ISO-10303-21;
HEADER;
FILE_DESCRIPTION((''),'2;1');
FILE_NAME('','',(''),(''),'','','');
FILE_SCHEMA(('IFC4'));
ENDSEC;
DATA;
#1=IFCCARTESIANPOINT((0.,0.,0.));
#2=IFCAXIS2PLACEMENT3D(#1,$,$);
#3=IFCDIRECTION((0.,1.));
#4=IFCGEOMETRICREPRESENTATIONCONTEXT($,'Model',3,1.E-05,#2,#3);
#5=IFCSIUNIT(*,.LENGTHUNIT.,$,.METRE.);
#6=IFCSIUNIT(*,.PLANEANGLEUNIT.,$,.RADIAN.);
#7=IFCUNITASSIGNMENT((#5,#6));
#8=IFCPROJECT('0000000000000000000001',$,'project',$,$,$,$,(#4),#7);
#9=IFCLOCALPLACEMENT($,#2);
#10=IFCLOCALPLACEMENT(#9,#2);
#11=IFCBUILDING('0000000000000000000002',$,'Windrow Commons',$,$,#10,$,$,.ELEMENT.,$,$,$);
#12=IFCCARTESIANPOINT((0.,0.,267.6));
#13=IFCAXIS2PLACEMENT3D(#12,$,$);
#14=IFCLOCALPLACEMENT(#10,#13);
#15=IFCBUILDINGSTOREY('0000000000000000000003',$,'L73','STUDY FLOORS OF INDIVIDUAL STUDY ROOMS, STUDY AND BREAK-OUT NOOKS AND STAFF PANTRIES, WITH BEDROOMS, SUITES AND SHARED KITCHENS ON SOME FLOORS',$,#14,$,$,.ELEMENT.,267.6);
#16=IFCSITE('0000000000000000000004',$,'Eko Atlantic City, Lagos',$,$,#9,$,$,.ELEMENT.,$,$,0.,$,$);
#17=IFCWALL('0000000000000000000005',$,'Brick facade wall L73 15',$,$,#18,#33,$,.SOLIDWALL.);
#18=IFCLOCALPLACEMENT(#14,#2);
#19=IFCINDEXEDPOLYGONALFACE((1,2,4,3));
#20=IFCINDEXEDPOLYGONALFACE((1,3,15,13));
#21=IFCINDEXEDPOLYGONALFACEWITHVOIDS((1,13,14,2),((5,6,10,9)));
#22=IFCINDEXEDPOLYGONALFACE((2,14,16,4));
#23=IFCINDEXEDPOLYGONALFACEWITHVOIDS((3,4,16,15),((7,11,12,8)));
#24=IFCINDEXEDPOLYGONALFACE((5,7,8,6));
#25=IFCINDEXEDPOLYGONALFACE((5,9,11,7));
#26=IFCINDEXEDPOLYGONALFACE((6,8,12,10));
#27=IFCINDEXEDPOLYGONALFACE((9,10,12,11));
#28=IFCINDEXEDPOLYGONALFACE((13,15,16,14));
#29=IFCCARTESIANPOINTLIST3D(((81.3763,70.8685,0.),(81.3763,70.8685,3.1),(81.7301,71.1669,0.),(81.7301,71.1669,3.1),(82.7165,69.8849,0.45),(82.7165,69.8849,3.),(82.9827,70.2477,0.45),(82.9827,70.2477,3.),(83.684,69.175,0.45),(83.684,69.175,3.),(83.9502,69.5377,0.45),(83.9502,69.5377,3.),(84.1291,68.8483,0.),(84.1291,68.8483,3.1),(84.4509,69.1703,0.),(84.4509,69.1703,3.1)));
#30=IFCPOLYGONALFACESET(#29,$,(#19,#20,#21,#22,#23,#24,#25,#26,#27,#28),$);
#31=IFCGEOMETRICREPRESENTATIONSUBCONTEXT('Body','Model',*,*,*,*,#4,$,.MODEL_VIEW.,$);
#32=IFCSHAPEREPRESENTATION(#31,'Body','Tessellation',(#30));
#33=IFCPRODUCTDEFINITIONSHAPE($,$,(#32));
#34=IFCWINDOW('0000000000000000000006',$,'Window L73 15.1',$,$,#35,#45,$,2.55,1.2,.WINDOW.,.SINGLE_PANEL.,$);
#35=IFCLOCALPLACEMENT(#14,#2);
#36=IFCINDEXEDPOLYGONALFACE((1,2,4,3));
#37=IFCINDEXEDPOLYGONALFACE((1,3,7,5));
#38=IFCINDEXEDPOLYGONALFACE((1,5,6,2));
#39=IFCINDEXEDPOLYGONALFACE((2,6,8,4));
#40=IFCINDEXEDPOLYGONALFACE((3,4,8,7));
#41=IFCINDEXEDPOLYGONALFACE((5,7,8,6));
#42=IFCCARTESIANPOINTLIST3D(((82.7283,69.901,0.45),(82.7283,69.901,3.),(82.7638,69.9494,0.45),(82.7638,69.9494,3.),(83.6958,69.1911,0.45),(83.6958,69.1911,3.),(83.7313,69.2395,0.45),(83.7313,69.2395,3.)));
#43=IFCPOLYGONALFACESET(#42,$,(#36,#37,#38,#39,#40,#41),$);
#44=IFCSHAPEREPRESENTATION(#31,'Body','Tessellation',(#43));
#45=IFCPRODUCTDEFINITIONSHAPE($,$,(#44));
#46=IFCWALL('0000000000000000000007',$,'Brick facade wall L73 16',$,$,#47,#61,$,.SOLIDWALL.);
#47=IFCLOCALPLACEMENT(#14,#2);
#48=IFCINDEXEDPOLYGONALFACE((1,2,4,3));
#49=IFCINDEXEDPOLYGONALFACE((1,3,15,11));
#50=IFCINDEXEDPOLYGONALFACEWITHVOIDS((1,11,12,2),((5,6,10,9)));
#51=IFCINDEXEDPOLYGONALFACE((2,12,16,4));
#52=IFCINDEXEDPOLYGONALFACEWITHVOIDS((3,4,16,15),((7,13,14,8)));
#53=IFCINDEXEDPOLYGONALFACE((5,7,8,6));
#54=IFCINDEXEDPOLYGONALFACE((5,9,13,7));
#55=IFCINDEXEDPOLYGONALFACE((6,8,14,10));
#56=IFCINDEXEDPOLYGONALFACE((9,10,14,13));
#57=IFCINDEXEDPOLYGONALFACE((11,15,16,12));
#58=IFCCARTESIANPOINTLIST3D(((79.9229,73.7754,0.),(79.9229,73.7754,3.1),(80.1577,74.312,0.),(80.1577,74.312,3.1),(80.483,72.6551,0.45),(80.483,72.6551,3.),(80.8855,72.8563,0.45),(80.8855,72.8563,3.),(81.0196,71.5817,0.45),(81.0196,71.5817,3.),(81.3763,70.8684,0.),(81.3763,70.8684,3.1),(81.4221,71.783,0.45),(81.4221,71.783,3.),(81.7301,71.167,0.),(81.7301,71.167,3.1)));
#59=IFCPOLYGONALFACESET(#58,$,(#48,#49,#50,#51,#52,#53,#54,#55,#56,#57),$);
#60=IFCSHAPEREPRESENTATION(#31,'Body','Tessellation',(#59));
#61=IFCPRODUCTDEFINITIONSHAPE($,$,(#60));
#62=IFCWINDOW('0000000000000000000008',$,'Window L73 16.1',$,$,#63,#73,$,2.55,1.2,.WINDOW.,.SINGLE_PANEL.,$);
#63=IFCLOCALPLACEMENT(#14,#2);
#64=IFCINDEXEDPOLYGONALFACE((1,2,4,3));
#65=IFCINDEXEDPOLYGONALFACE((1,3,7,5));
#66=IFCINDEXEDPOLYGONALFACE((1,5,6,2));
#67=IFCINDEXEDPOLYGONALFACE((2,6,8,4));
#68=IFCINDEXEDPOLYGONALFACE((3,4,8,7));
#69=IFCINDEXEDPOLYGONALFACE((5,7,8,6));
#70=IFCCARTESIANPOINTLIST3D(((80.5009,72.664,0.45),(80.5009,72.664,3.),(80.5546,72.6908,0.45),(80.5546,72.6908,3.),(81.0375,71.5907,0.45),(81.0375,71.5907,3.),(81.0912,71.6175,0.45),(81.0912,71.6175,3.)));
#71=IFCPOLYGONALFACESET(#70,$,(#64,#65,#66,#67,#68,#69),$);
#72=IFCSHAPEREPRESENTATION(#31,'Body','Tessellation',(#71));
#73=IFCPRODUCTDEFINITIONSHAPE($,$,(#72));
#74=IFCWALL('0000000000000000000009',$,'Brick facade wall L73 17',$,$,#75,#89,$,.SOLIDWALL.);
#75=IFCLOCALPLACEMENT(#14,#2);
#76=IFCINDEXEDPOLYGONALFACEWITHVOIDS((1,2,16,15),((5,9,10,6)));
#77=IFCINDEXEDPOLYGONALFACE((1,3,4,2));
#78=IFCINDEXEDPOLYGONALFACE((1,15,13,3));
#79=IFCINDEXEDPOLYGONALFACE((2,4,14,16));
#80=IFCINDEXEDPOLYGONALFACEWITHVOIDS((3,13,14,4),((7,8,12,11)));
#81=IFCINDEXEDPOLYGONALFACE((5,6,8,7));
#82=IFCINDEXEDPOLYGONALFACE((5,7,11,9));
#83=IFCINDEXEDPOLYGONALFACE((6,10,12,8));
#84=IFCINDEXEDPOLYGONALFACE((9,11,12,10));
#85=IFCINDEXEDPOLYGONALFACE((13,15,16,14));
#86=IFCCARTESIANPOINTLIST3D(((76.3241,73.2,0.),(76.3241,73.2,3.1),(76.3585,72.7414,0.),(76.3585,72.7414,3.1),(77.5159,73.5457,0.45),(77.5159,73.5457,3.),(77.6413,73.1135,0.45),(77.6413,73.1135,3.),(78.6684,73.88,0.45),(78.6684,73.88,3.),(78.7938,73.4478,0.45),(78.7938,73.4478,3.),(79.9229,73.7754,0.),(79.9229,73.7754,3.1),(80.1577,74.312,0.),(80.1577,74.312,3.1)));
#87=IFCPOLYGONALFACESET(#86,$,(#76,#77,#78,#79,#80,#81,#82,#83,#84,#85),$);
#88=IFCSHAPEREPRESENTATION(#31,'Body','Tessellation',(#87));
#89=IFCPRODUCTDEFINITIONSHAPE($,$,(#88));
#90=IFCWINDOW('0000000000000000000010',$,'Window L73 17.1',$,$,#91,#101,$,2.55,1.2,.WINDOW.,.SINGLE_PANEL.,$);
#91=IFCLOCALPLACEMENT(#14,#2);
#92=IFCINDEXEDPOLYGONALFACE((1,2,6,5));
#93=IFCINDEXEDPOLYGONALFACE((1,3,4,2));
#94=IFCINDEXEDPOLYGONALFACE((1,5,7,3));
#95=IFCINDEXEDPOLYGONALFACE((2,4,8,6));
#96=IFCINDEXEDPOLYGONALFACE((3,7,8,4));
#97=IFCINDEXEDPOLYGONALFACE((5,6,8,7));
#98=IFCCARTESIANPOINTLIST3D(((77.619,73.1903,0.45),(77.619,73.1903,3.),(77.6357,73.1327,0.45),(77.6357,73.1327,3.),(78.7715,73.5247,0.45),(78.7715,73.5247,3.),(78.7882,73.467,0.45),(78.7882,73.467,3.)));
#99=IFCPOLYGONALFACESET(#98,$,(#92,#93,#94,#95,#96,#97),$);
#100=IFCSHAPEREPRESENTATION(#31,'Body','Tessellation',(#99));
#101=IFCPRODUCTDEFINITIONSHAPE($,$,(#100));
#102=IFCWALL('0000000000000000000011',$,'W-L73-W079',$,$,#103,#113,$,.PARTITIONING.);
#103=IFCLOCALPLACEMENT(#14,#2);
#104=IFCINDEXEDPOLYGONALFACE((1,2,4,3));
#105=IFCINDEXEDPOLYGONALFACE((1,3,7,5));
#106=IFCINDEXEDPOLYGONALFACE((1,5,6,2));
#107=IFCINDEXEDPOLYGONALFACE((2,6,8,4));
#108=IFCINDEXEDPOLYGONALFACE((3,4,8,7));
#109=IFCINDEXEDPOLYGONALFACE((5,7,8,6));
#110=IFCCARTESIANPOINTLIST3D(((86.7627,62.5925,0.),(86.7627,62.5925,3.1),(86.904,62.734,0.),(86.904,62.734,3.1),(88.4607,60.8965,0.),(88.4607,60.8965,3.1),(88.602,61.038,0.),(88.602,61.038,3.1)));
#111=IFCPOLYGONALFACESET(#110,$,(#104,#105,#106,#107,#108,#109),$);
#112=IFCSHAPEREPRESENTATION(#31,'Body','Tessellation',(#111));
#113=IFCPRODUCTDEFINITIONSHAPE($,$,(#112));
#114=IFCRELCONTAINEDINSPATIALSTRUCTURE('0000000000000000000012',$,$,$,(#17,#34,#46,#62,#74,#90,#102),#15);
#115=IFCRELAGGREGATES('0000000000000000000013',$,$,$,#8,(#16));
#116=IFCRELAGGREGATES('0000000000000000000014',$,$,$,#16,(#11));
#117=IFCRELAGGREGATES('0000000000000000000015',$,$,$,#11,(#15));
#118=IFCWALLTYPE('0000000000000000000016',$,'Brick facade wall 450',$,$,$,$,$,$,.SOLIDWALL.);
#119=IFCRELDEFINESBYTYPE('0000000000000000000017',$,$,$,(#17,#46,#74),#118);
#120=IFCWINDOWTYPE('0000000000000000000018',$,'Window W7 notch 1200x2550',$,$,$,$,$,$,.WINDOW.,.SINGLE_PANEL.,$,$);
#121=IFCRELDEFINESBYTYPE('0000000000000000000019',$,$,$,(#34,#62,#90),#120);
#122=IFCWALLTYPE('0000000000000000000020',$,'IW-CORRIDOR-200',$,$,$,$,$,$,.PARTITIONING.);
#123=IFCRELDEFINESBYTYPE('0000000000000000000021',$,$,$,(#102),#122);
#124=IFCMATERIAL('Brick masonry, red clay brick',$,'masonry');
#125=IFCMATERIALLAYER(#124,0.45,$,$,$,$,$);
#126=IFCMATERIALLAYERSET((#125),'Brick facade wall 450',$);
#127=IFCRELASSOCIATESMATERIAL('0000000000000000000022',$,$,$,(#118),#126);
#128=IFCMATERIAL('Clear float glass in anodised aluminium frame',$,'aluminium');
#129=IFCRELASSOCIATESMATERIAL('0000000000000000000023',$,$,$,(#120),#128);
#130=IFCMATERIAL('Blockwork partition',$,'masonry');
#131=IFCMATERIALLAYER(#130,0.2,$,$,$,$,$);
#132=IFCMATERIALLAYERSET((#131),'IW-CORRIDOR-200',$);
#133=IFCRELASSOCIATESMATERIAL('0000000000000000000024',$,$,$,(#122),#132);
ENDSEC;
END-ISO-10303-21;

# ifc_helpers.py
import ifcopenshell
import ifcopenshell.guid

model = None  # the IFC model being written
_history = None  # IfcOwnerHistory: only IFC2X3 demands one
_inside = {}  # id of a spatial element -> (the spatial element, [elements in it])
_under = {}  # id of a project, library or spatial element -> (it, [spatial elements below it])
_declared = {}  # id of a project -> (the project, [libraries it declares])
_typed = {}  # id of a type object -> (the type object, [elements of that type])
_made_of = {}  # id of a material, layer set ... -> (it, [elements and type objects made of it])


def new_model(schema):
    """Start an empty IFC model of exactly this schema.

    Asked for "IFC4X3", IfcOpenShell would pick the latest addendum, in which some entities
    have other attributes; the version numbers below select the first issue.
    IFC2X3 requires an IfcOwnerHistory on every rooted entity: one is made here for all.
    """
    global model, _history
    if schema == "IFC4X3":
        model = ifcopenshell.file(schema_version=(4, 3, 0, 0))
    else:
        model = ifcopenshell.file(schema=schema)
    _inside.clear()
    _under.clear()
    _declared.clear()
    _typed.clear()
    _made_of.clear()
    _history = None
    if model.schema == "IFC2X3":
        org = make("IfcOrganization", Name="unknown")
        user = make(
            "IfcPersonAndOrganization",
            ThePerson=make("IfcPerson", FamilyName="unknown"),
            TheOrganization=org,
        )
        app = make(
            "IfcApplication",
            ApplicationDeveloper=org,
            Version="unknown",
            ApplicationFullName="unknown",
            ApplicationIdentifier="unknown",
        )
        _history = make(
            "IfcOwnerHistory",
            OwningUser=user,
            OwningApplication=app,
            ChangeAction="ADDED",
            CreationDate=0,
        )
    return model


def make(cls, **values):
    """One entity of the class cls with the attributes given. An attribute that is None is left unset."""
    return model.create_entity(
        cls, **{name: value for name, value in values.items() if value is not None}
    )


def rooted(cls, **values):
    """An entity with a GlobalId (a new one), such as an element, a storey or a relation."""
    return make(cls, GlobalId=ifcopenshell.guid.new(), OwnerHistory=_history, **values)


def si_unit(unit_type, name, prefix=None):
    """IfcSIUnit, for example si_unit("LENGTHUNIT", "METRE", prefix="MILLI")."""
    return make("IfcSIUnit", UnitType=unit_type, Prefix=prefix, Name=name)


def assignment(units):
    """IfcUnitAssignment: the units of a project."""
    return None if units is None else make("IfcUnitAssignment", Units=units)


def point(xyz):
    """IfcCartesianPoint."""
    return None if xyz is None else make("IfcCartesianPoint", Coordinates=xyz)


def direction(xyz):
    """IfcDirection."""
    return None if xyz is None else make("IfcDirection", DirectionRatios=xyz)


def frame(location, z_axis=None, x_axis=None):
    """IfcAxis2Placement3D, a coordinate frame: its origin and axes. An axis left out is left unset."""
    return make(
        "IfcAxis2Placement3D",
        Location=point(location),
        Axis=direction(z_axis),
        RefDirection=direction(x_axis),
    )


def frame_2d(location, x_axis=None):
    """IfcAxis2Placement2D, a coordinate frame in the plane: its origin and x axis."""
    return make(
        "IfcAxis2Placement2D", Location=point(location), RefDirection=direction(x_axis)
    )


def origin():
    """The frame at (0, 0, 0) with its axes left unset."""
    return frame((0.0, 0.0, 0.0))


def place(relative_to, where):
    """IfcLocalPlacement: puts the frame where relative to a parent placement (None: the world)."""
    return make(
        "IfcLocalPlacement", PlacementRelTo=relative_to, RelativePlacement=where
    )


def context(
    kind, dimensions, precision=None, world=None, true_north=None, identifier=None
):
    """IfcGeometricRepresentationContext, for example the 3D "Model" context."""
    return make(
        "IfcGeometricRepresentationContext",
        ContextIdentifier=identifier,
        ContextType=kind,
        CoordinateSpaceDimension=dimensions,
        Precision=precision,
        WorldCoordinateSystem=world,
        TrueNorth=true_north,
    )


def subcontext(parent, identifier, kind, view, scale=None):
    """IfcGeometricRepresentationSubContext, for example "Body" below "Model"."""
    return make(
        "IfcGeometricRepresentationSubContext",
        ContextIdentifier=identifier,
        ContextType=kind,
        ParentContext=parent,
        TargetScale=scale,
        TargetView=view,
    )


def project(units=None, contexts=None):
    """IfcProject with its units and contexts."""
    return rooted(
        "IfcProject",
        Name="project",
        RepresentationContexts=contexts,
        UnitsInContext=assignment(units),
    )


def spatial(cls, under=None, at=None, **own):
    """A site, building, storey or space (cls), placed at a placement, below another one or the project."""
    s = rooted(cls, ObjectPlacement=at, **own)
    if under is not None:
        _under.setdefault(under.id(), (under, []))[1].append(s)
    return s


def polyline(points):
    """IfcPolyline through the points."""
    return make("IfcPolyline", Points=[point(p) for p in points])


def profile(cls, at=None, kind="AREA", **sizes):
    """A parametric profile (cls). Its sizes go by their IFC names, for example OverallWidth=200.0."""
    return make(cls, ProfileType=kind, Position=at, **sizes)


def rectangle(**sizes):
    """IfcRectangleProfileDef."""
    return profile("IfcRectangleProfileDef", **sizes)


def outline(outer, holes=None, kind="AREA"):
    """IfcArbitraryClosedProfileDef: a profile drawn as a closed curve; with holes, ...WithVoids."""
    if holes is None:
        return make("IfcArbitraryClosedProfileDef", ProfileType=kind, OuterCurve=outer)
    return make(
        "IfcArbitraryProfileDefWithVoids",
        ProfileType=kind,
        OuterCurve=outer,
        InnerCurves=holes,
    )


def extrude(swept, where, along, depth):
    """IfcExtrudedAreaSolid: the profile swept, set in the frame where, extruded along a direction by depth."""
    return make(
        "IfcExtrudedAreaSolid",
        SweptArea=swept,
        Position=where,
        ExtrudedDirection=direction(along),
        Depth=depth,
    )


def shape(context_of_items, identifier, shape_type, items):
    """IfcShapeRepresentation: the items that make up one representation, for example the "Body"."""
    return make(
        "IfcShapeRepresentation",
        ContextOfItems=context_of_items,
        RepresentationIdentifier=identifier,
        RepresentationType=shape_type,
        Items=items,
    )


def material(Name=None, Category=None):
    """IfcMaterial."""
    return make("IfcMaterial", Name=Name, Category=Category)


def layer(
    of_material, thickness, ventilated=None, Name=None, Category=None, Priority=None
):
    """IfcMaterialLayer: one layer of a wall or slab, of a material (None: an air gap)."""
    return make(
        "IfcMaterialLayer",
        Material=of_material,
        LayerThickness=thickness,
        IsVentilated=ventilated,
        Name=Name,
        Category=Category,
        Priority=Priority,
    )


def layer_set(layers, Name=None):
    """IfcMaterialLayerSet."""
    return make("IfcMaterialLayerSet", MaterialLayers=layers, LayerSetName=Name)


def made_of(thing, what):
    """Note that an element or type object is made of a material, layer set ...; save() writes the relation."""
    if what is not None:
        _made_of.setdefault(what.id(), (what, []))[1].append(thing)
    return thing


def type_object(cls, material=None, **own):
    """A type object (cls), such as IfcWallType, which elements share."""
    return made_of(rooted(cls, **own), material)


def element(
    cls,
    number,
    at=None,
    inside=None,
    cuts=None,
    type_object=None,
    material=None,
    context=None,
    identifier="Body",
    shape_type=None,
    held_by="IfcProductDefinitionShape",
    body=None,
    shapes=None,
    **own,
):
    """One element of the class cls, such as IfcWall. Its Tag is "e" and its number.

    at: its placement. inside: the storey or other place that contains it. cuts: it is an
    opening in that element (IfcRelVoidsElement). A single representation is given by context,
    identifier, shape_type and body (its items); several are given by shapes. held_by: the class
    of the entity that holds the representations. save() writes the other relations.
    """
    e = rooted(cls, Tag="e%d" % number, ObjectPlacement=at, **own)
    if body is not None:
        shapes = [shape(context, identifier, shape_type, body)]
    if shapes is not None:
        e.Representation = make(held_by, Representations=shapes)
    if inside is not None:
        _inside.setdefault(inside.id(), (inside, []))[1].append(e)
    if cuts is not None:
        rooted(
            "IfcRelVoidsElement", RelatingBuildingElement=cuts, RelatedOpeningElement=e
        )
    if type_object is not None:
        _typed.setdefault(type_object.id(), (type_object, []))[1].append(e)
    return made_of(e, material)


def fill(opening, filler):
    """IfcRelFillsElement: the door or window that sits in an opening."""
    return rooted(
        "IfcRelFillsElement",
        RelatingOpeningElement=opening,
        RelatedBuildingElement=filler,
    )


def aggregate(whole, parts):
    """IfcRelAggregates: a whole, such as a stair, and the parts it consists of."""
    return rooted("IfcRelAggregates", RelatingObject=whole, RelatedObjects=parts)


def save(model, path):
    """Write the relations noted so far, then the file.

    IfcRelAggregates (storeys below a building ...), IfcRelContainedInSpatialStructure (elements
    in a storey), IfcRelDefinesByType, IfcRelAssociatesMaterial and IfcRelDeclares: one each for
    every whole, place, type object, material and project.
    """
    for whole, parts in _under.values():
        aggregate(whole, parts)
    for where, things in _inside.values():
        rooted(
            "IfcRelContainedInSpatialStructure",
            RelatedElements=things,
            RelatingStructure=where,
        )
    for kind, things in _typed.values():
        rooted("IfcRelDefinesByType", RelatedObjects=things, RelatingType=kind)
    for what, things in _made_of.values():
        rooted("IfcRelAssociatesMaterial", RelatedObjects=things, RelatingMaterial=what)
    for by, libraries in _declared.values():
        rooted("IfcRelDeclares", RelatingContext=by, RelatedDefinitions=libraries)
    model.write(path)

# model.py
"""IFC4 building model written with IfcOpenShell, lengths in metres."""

from ifc_helpers import new_model, si_unit, direction, frame, frame_2d, origin, place, context, subcontext, project, spatial, polyline, rectangle, outline, extrude, material, layer, layer_set, type_object, element, fill, save


model = new_model("IFC4")

# Units and contexts
model_context = context("Model", 3, precision=1e-05, world=origin(), true_north=direction((0.0, 1.0)))
body_context = subcontext(model_context, "Body", "Model", "MODEL_VIEW")
ifc_project = project(units=[si_unit("LENGTHUNIT", "METRE"), si_unit("PLANEANGLEUNIT", "RADIAN")], contexts=[model_context])

# Site, building, storey
site_placement = place(None, origin())
site = spatial("IfcSite", under=ifc_project, at=site_placement, Name="Eko Atlantic City, Lagos", CompositionType="ELEMENT", RefElevation=0.0)
building_placement = place(site_placement, origin())
building = spatial("IfcBuilding", under=site, at=building_placement, Name="Windrow Commons", CompositionType="ELEMENT")
storey_placement = place(building_placement, frame((0.0, 0.0, 267.6)))
storey = spatial("IfcBuildingStorey", under=building, at=storey_placement, Name="L73", Description="STUDY FLOORS OF INDIVIDUAL STUDY ROOMS, STUDY AND BREAK-OUT NOOKS AND STAFF PANTRIES, WITH BEDROOMS, SUITES AND SHARED KITCHENS ON SOME FLOORS", CompositionType="ELEMENT", Elevation=267.6)

# Walls, openings, windows
ifc_material_1 = material(Name="Brick masonry, red clay brick", Category="masonry")
ifc_layer_1 = layer(ifc_material_1, 0.45)
ifc_layer_set_1 = layer_set([ifc_layer_1], Name="Brick facade wall 450")
wall_type_1 = type_object("IfcWallType", Name="Brick facade wall 450", PredefinedType="SOLIDWALL", material=ifc_layer_set_1)
ifc_material_2 = material(Name="Clear float glass in anodised aluminium frame", Category="aluminium")
window_type = type_object("IfcWindowType", Name="Window W7 notch 1200x2550", PartitioningType="SINGLE_PANEL", PredefinedType="WINDOW", material=ifc_material_2)
wall_1_placement = place(storey_placement, frame((84.29, 69.0093, 0.0), z_axis=(0.0, 0.0, 1.0), x_axis=(-0.806206, 0.591634, 0.0)))
wall_1 = element("IfcWall", 1, at=wall_1_placement, inside=storey, type_object=wall_type_1, Name="Brick facade wall L73 15", PredefinedType="SOLIDWALL", context=body_context, shape_type="SweptSolid", body=[
    extrude(outline(polyline([(-0.0345, -0.225), (3.3403, -0.225), (3.449, 0.225), (0.0345, 0.225), (-0.0345, -0.225)])), origin(), (0.0, 0.0, 1.0), 3.1),
])
opening_1_placement = place(wall_1_placement, frame((0.5866, 0.0, 0.45)))
opening_1 = element("IfcOpeningElement", 2, at=opening_1_placement, cuts=wall_1, PredefinedType="OPENING", context=body_context, shape_type="SweptSolid", body=[
    extrude(rectangle(XDim=1.2, YDim=2.55, at=frame_2d((0.6, 1.275))), frame((0.0, 0.235, 0.0), z_axis=(0.0, -1.0, 0.0), x_axis=(1.0, 0.0, 0.0)), (0.0, 0.0, 1.0), 0.47),
])
window_1_placement = place(opening_1_placement, origin())
window_1 = element("IfcWindow", 3, at=window_1_placement, inside=storey, type_object=window_type, Name="Window L73 15.1", OverallHeight=2.55, OverallWidth=1.2, PartitioningType="SINGLE_PANEL", PredefinedType="WINDOW", context=body_context, shape_type="SweptSolid", body=[
    extrude(rectangle(XDim=1.2, YDim=2.55, at=frame_2d((0.6, 1.275))), frame((0.0, 0.205, 0.0), z_axis=(0.0, -1.0, 0.0), x_axis=(1.0, 0.0, 0.0)), (0.0, 0.0, 1.0), 0.06),
])
fill(opening_1, window_1)
wall_2_placement = place(storey_placement, frame((81.5532, 71.0177, 0.0), z_axis=(0.0, 0.0, 1.0), x_axis=(-0.44719, 0.894439, 0.0)))
wall_2 = element("IfcWall", 4, at=wall_2_placement, inside=storey, type_object=wall_type_1, Name="Brick facade wall L73 16", PredefinedType="SOLIDWALL", context=body_context, shape_type="SweptSolid", body=[
    extrude(outline(polyline([(0.0544, -0.225), (3.5706, -0.225), (3.1956, 0.225), (-0.0544, 0.225), (0.0544, -0.225)])), origin(), (0.0, 0.0, 1.0), 3.1),
])
opening_2_placement = place(wall_2_placement, frame((0.7431, 0.0, 0.45)))
opening_2 = element("IfcOpeningElement", 5, at=opening_2_placement, cuts=wall_2, PredefinedType="OPENING", context=body_context, shape_type="SweptSolid", body=[
    extrude(rectangle(XDim=1.2, YDim=2.55, at=frame_2d((0.6, 1.275))), frame((0.0, 0.235, 0.0), z_axis=(0.0, -1.0, 0.0), x_axis=(1.0, 0.0, 0.0)), (0.0, 0.0, 1.0), 0.47),
])
window_2_placement = place(opening_2_placement, origin())
window_2 = element("IfcWindow", 6, at=window_2_placement, inside=storey, type_object=window_type, Name="Window L73 16.1", OverallHeight=2.55, OverallWidth=1.2, PartitioningType="SINGLE_PANEL", PredefinedType="WINDOW", context=body_context, shape_type="SweptSolid", body=[
    extrude(rectangle(XDim=1.2, YDim=2.55, at=frame_2d((0.6, 1.275))), frame((0.0, 0.205, 0.0), z_axis=(0.0, -1.0, 0.0), x_axis=(1.0, 0.0, 0.0)), (0.0, 0.0, 1.0), 0.06),
])
fill(opening_2, window_2)
wall_3_placement = place(storey_placement, frame((80.0403, 74.0437, 0.0), z_axis=(0.0, 0.0, 1.0), x_axis=(-0.960409, -0.278594, 0.0)))
wall_3 = element("IfcWall", 7, at=wall_3_placement, inside=storey, type_object=wall_type_1, Name="Brick facade wall L73 17", PredefinedType="SOLIDWALL", context=body_context, shape_type="SweptSolid", body=[
    extrude(outline(polyline([(-0.1875, -0.225), (3.8041, -0.225), (3.8988, 0.225), (0.1875, 0.225), (-0.1875, -0.225)])), origin(), (0.0, 0.0, 1.0), 3.1),
])
opening_3_placement = place(wall_3_placement, frame((1.3632, 0.0, 0.45)))
opening_3 = element("IfcOpeningElement", 8, at=opening_3_placement, cuts=wall_3, PredefinedType="OPENING", context=body_context, shape_type="SweptSolid", body=[
    extrude(rectangle(XDim=1.2, YDim=2.55, at=frame_2d((0.6, 1.275))), frame((0.0, 0.235, 0.0), z_axis=(0.0, -1.0, 0.0), x_axis=(1.0, 0.0, 0.0)), (0.0, 0.0, 1.0), 0.47),
])
window_3_placement = place(opening_3_placement, origin())
window_3 = element("IfcWindow", 9, at=window_3_placement, inside=storey, type_object=window_type, Name="Window L73 17.1", OverallHeight=2.55, OverallWidth=1.2, PartitioningType="SINGLE_PANEL", PredefinedType="WINDOW", context=body_context, shape_type="SweptSolid", body=[
    extrude(rectangle(XDim=1.2, YDim=2.55, at=frame_2d((0.6, 1.275))), frame((0.0, 0.205, 0.0), z_axis=(0.0, -1.0, 0.0), x_axis=(1.0, 0.0, 0.0)), (0.0, 0.0, 1.0), 0.06),
])
fill(opening_3, window_3)

# Wall
ifc_material_3 = material(Name="Blockwork partition", Category="masonry")
ifc_layer_2 = layer(ifc_material_3, 0.2)
ifc_layer_set_2 = layer_set([ifc_layer_2], Name="IW-CORRIDOR-200")
wall_type_2 = type_object("IfcWallType", Name="IW-CORRIDOR-200", PredefinedType="PARTITIONING", material=ifc_layer_set_2)
wall_4_placement = place(storey_placement, frame((86.8333, 62.6633, 0.0), z_axis=(0.0, 0.0, 1.0), x_axis=(0.707523, -0.70669, 0.0)))
element("IfcWall", 10, at=wall_4_placement, inside=storey, type_object=wall_type_2, Name="W-L73-W079", PredefinedType="PARTITIONING", context=body_context, shape_type="SweptSolid", body=[
    extrude(rectangle(XDim=2.3999, YDim=0.2, at=frame_2d((1.2, 0.0))), origin(), (0.0, 0.0, 1.0), 3.1),
])

save(model, "model.ifc")
